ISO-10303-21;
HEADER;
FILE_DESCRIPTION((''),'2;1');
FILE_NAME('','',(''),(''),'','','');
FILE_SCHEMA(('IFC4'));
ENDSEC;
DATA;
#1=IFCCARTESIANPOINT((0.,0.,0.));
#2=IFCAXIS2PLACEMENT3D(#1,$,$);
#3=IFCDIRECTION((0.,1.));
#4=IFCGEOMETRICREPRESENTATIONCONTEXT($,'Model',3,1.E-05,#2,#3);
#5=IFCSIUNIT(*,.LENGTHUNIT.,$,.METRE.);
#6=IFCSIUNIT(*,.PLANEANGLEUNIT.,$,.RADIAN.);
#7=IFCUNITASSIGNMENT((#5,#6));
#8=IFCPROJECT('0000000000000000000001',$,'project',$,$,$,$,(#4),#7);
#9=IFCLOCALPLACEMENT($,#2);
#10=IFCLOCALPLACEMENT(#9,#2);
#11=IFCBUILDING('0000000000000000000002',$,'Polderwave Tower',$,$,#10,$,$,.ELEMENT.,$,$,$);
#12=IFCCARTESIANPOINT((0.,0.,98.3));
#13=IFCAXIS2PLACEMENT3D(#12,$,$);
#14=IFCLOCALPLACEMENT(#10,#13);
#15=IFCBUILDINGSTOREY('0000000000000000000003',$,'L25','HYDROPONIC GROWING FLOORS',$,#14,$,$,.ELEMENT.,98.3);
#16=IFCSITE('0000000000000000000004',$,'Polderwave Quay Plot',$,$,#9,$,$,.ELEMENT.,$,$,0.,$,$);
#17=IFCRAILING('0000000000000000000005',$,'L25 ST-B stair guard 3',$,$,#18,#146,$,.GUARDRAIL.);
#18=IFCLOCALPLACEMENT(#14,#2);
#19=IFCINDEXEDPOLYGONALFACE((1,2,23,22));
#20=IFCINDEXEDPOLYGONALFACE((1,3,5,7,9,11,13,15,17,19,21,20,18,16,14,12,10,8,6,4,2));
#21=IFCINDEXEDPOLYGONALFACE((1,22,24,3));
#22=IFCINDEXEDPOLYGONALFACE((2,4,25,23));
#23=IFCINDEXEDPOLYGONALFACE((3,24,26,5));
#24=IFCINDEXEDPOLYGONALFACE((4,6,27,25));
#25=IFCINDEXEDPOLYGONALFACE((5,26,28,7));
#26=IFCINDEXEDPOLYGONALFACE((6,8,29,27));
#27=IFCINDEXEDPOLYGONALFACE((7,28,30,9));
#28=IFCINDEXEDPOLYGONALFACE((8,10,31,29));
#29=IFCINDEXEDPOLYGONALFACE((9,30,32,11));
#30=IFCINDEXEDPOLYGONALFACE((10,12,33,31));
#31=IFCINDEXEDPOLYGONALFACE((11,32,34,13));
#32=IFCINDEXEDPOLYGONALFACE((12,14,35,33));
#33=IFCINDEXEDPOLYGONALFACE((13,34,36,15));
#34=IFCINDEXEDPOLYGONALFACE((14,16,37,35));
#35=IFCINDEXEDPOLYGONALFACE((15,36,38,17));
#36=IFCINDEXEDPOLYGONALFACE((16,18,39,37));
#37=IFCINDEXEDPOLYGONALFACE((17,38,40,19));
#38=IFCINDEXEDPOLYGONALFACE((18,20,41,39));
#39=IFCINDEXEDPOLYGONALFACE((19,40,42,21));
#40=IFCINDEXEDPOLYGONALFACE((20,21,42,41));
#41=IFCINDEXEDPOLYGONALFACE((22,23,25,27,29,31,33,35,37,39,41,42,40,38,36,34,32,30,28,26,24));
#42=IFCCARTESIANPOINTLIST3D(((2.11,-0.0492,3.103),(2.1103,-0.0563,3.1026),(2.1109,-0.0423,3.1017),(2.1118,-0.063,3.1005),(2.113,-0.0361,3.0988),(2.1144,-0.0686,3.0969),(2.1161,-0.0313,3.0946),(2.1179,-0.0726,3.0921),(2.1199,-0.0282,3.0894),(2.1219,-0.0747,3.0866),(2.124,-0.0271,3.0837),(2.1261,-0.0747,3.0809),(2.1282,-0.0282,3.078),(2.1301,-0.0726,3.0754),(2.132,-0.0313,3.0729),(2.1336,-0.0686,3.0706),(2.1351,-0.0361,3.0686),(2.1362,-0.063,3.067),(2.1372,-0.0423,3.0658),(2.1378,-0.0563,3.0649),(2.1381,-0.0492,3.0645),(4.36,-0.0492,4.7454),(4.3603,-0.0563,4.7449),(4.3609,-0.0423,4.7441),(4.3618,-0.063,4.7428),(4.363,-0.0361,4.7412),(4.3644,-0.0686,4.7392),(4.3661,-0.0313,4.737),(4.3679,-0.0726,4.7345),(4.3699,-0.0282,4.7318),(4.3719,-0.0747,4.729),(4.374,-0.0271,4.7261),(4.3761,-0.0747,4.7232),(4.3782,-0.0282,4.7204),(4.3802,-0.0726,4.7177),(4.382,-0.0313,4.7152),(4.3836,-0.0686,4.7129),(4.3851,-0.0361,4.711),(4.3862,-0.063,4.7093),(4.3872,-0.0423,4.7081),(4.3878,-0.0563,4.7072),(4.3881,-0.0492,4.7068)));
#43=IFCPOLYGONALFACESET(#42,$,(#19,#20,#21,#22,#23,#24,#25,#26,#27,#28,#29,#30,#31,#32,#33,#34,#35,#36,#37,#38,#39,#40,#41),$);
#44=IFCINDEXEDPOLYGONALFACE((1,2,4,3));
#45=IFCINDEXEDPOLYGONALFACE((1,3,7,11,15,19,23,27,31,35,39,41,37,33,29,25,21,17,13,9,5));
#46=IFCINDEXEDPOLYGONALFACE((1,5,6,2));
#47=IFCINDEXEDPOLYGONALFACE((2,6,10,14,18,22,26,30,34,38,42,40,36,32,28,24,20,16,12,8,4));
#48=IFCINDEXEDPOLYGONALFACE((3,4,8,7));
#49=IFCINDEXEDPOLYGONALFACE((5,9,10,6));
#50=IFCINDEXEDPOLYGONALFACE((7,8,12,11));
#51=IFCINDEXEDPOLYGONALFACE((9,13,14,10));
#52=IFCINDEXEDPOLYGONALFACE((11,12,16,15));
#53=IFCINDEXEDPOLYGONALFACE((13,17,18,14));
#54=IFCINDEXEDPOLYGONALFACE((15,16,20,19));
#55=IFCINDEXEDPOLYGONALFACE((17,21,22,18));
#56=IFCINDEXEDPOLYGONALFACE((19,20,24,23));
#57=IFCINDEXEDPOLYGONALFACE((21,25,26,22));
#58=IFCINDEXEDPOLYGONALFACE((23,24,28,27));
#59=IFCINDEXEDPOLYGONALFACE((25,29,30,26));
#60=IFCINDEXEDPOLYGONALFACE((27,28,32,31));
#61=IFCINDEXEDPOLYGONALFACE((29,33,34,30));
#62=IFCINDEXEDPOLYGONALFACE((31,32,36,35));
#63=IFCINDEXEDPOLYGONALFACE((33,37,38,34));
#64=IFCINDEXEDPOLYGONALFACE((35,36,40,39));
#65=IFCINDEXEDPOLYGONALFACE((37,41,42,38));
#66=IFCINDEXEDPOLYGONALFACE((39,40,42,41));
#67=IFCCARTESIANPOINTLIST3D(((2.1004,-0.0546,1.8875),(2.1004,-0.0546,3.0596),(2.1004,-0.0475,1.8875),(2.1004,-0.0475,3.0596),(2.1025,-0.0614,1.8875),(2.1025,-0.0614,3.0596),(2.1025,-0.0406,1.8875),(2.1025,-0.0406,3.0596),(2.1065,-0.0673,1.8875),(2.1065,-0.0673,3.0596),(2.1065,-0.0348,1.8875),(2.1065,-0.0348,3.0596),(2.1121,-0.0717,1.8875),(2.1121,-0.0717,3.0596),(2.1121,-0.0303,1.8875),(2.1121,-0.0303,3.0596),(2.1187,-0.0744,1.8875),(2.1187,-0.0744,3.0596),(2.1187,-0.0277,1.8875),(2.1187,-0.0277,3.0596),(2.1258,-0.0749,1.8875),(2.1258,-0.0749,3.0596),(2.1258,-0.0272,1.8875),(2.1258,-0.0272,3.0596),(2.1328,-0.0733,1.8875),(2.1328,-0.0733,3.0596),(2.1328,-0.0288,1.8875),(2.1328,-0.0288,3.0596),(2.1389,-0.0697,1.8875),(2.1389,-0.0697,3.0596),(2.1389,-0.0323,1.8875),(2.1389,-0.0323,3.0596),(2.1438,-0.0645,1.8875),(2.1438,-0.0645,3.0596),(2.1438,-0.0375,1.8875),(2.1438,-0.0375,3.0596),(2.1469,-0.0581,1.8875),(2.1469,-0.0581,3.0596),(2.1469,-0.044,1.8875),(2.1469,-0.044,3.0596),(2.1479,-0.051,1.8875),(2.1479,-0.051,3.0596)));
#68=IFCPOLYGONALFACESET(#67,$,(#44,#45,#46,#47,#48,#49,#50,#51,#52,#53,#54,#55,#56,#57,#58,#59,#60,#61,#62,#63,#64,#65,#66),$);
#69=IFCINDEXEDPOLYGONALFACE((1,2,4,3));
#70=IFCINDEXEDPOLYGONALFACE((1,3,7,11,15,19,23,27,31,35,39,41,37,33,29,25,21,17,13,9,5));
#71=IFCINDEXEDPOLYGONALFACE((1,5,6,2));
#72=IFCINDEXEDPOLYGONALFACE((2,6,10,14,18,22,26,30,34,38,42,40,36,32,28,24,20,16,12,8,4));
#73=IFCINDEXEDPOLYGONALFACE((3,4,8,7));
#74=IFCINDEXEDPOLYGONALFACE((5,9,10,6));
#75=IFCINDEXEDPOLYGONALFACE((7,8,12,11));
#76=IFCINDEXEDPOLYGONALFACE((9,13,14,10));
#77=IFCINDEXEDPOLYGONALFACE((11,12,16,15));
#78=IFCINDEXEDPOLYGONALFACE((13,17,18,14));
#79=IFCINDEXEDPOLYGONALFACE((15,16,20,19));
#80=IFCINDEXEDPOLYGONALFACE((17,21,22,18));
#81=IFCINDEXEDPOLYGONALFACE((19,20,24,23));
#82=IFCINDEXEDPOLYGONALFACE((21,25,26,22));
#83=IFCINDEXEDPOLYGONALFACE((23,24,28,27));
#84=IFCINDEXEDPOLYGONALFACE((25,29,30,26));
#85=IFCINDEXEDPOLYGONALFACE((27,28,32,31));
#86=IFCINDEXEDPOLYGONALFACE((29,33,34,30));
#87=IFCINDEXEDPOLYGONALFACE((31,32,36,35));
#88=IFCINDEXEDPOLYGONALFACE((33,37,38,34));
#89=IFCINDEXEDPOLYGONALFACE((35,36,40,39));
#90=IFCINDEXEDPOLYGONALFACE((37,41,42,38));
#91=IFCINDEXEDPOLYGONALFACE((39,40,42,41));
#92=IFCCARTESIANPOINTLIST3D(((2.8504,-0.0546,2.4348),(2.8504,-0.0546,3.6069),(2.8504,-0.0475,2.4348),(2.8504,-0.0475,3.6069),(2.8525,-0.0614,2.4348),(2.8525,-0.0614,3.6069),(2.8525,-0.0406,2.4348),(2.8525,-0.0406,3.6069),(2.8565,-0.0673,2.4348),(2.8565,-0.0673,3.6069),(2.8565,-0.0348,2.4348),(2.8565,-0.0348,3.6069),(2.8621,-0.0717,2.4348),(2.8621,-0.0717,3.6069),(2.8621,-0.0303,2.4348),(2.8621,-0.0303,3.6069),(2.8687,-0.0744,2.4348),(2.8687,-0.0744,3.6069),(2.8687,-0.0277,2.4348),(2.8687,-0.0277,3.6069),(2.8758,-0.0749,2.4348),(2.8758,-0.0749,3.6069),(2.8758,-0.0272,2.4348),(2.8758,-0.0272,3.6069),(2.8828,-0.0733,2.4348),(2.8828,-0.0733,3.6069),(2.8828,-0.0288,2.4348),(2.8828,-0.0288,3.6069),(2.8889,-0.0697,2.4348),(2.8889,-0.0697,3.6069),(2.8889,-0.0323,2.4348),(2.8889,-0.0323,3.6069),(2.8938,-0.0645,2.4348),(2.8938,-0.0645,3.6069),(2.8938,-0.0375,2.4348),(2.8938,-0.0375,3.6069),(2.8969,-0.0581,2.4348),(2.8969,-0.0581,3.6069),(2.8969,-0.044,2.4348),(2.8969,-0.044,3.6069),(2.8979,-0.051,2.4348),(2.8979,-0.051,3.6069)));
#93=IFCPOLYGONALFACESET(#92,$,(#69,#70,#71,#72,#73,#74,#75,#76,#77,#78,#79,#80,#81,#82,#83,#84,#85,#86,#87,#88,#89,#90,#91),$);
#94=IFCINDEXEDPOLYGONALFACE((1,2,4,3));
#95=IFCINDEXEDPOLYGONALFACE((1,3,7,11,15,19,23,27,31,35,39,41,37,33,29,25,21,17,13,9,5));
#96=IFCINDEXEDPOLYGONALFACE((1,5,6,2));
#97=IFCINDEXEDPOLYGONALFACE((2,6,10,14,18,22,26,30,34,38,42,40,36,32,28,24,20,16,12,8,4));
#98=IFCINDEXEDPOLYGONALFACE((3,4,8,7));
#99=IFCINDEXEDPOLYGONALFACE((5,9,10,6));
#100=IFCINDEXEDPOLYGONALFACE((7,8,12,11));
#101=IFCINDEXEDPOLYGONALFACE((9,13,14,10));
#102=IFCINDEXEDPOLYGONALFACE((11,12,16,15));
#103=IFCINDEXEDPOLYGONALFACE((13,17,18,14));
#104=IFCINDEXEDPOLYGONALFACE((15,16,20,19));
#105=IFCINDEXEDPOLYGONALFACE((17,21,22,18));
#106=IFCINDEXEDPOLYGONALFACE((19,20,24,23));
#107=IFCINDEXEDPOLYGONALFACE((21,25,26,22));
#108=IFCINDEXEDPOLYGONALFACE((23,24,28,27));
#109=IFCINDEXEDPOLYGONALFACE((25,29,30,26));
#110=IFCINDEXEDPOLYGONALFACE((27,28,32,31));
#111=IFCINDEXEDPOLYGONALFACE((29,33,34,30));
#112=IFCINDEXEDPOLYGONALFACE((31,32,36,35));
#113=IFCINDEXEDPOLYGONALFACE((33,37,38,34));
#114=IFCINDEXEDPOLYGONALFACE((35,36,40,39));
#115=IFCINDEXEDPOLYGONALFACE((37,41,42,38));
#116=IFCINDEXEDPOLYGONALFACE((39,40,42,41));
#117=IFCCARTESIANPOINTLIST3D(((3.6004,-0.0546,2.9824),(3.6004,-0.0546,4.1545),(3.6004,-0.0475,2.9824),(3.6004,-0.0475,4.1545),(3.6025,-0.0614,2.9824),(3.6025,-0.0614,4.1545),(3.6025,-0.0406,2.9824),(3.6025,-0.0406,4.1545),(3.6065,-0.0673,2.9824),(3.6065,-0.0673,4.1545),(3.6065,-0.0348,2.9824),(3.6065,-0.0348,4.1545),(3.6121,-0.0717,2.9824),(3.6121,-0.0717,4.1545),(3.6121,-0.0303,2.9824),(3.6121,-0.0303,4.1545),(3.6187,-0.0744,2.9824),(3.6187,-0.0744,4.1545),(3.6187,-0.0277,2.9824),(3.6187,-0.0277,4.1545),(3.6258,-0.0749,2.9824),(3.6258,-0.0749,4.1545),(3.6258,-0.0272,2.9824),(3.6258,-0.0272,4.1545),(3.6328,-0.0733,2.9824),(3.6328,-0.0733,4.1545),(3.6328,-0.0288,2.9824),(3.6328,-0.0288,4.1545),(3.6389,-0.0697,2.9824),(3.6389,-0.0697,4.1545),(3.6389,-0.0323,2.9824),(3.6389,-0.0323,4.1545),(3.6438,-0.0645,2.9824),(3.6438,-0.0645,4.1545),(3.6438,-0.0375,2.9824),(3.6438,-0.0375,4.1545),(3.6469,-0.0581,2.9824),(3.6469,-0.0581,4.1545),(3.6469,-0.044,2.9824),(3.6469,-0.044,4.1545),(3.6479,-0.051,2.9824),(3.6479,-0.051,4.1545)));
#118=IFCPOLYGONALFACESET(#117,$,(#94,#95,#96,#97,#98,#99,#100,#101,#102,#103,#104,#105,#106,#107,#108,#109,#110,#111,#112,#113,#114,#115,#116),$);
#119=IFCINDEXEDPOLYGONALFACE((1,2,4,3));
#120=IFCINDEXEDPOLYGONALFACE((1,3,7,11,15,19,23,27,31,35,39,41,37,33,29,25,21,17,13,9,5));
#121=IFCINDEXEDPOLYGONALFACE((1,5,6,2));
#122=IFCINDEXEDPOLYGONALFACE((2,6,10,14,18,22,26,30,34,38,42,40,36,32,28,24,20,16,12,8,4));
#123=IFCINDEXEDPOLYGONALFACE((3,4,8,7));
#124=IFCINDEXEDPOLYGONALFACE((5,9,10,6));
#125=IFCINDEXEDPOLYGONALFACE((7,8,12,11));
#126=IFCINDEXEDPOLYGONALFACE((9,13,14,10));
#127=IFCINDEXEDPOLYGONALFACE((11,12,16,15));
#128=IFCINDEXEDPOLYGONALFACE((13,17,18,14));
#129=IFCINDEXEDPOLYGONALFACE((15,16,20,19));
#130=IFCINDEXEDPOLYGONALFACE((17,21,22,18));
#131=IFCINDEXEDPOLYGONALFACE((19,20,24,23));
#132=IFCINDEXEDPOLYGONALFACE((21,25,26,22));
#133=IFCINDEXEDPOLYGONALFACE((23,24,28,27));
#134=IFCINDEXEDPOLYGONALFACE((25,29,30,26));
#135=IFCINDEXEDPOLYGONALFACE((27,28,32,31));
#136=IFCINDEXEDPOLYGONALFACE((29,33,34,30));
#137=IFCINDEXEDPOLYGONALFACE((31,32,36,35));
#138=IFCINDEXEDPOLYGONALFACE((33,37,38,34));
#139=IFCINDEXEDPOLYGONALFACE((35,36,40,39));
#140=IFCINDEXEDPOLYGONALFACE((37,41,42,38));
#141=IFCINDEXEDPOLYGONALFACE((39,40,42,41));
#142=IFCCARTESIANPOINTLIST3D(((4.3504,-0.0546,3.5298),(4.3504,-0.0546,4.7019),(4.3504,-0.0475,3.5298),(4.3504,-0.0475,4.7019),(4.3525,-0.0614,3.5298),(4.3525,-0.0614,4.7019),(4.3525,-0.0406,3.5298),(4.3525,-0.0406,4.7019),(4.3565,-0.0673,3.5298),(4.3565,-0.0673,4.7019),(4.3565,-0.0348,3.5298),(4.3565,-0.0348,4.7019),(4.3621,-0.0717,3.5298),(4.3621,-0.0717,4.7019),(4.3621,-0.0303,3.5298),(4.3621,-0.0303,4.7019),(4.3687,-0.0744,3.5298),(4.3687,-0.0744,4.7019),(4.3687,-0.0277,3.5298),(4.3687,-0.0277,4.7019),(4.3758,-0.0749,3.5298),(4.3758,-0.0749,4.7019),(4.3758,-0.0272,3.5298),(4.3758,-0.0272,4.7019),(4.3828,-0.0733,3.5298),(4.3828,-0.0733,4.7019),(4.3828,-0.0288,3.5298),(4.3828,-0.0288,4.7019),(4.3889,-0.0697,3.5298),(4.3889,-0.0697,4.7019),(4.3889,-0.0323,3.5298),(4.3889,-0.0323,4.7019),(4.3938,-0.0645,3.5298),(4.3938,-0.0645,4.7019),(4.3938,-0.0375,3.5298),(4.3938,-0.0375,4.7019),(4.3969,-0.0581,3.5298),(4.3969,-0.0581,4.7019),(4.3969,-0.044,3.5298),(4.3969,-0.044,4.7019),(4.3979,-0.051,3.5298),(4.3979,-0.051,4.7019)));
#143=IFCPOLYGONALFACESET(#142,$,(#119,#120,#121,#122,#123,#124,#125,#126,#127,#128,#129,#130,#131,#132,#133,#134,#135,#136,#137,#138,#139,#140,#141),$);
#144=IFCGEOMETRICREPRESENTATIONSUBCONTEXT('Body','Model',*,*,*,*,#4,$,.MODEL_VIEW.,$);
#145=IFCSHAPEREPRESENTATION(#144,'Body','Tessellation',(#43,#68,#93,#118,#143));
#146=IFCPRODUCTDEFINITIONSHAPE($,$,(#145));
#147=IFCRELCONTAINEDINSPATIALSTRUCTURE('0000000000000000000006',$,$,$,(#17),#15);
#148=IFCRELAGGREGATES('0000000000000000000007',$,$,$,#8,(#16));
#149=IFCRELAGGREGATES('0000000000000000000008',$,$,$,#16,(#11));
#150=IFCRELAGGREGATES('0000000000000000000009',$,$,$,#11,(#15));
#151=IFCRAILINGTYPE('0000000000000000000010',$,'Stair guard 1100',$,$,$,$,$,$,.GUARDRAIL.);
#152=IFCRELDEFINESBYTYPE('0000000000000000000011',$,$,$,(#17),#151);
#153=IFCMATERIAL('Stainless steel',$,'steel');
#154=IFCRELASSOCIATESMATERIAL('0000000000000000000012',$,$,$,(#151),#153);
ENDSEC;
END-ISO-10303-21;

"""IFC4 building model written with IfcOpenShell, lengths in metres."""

from ifc_helpers import new_model, si_unit, direction, frame, origin, origin_2d, place, context, subcontext, project, spatial, circle, extrude, material, type_object, element, save


model = new_model("IFC4")

# Units and contexts
model_context = context("Model", 3, precision=1e-05, world=origin(), true_north=direction((0.0, 1.0)))
body_context = subcontext(model_context, "Body", "Model", "MODEL_VIEW")
ifc_project = project(units=[si_unit("LENGTHUNIT", "METRE"), si_unit("PLANEANGLEUNIT", "RADIAN")], contexts=[model_context])

# Site, building, storey
site_placement = place(None, origin())
site = spatial("IfcSite", under=ifc_project, at=site_placement, Name="Polderwave Quay Plot", CompositionType="ELEMENT", RefElevation=0.0)
building_placement = place(site_placement, origin())
building = spatial("IfcBuilding", under=site, at=building_placement, Name="Polderwave Tower", CompositionType="ELEMENT")
storey_placement = place(building_placement, frame((0.0, 0.0, 98.3)))
storey = spatial("IfcBuildingStorey", under=building, at=storey_placement, Name="L25", Description="HYDROPONIC GROWING FLOORS", CompositionType="ELEMENT", Elevation=98.3)

# Railing
ifc_material_1 = material(Name="Stainless steel", Category="steel")
railing_type_1 = type_object("IfcRailingType", Name="Stair guard 1100", PredefinedType="GUARDRAIL", material=ifc_material_1)
railing_1_placement = place(storey_placement, frame((2.124, -0.051, 1.8875)))
element("IfcRailing", 1, at=railing_1_placement, inside=storey, type_object=railing_type_1, Name="L25 ST-B stair guard 3", PredefinedType="GUARDRAIL", context=body_context, shape_type="SweptSolid", body=[
    extrude(circle(Radius=0.0239, at=origin_2d()), frame((0.0, 0.0, 1.1963), z_axis=(0.807715, 0.0, 0.589573), x_axis=(0.0, 1.0, 0.0)), (0.0, 0.0, 1.0), 2.7856),
    extrude(circle(Radius=0.0239, at=origin_2d()), origin(), (0.0, 0.0, 1.0), 1.1721),
    extrude(circle(Radius=0.0239, at=origin_2d()), frame((0.75, 0.0, 0.5474)), (0.0, 0.0, 1.0), 1.1721),
    extrude(circle(Radius=0.0239, at=origin_2d()), frame((1.5, 0.0, 1.095)), (0.0, 0.0, 1.0), 1.1721),
    extrude(circle(Radius=0.0239, at=origin_2d()), frame((2.25, 0.0, 1.6423)), (0.0, 0.0, 1.0), 1.1721),
])

save(model, "model.ifc")
